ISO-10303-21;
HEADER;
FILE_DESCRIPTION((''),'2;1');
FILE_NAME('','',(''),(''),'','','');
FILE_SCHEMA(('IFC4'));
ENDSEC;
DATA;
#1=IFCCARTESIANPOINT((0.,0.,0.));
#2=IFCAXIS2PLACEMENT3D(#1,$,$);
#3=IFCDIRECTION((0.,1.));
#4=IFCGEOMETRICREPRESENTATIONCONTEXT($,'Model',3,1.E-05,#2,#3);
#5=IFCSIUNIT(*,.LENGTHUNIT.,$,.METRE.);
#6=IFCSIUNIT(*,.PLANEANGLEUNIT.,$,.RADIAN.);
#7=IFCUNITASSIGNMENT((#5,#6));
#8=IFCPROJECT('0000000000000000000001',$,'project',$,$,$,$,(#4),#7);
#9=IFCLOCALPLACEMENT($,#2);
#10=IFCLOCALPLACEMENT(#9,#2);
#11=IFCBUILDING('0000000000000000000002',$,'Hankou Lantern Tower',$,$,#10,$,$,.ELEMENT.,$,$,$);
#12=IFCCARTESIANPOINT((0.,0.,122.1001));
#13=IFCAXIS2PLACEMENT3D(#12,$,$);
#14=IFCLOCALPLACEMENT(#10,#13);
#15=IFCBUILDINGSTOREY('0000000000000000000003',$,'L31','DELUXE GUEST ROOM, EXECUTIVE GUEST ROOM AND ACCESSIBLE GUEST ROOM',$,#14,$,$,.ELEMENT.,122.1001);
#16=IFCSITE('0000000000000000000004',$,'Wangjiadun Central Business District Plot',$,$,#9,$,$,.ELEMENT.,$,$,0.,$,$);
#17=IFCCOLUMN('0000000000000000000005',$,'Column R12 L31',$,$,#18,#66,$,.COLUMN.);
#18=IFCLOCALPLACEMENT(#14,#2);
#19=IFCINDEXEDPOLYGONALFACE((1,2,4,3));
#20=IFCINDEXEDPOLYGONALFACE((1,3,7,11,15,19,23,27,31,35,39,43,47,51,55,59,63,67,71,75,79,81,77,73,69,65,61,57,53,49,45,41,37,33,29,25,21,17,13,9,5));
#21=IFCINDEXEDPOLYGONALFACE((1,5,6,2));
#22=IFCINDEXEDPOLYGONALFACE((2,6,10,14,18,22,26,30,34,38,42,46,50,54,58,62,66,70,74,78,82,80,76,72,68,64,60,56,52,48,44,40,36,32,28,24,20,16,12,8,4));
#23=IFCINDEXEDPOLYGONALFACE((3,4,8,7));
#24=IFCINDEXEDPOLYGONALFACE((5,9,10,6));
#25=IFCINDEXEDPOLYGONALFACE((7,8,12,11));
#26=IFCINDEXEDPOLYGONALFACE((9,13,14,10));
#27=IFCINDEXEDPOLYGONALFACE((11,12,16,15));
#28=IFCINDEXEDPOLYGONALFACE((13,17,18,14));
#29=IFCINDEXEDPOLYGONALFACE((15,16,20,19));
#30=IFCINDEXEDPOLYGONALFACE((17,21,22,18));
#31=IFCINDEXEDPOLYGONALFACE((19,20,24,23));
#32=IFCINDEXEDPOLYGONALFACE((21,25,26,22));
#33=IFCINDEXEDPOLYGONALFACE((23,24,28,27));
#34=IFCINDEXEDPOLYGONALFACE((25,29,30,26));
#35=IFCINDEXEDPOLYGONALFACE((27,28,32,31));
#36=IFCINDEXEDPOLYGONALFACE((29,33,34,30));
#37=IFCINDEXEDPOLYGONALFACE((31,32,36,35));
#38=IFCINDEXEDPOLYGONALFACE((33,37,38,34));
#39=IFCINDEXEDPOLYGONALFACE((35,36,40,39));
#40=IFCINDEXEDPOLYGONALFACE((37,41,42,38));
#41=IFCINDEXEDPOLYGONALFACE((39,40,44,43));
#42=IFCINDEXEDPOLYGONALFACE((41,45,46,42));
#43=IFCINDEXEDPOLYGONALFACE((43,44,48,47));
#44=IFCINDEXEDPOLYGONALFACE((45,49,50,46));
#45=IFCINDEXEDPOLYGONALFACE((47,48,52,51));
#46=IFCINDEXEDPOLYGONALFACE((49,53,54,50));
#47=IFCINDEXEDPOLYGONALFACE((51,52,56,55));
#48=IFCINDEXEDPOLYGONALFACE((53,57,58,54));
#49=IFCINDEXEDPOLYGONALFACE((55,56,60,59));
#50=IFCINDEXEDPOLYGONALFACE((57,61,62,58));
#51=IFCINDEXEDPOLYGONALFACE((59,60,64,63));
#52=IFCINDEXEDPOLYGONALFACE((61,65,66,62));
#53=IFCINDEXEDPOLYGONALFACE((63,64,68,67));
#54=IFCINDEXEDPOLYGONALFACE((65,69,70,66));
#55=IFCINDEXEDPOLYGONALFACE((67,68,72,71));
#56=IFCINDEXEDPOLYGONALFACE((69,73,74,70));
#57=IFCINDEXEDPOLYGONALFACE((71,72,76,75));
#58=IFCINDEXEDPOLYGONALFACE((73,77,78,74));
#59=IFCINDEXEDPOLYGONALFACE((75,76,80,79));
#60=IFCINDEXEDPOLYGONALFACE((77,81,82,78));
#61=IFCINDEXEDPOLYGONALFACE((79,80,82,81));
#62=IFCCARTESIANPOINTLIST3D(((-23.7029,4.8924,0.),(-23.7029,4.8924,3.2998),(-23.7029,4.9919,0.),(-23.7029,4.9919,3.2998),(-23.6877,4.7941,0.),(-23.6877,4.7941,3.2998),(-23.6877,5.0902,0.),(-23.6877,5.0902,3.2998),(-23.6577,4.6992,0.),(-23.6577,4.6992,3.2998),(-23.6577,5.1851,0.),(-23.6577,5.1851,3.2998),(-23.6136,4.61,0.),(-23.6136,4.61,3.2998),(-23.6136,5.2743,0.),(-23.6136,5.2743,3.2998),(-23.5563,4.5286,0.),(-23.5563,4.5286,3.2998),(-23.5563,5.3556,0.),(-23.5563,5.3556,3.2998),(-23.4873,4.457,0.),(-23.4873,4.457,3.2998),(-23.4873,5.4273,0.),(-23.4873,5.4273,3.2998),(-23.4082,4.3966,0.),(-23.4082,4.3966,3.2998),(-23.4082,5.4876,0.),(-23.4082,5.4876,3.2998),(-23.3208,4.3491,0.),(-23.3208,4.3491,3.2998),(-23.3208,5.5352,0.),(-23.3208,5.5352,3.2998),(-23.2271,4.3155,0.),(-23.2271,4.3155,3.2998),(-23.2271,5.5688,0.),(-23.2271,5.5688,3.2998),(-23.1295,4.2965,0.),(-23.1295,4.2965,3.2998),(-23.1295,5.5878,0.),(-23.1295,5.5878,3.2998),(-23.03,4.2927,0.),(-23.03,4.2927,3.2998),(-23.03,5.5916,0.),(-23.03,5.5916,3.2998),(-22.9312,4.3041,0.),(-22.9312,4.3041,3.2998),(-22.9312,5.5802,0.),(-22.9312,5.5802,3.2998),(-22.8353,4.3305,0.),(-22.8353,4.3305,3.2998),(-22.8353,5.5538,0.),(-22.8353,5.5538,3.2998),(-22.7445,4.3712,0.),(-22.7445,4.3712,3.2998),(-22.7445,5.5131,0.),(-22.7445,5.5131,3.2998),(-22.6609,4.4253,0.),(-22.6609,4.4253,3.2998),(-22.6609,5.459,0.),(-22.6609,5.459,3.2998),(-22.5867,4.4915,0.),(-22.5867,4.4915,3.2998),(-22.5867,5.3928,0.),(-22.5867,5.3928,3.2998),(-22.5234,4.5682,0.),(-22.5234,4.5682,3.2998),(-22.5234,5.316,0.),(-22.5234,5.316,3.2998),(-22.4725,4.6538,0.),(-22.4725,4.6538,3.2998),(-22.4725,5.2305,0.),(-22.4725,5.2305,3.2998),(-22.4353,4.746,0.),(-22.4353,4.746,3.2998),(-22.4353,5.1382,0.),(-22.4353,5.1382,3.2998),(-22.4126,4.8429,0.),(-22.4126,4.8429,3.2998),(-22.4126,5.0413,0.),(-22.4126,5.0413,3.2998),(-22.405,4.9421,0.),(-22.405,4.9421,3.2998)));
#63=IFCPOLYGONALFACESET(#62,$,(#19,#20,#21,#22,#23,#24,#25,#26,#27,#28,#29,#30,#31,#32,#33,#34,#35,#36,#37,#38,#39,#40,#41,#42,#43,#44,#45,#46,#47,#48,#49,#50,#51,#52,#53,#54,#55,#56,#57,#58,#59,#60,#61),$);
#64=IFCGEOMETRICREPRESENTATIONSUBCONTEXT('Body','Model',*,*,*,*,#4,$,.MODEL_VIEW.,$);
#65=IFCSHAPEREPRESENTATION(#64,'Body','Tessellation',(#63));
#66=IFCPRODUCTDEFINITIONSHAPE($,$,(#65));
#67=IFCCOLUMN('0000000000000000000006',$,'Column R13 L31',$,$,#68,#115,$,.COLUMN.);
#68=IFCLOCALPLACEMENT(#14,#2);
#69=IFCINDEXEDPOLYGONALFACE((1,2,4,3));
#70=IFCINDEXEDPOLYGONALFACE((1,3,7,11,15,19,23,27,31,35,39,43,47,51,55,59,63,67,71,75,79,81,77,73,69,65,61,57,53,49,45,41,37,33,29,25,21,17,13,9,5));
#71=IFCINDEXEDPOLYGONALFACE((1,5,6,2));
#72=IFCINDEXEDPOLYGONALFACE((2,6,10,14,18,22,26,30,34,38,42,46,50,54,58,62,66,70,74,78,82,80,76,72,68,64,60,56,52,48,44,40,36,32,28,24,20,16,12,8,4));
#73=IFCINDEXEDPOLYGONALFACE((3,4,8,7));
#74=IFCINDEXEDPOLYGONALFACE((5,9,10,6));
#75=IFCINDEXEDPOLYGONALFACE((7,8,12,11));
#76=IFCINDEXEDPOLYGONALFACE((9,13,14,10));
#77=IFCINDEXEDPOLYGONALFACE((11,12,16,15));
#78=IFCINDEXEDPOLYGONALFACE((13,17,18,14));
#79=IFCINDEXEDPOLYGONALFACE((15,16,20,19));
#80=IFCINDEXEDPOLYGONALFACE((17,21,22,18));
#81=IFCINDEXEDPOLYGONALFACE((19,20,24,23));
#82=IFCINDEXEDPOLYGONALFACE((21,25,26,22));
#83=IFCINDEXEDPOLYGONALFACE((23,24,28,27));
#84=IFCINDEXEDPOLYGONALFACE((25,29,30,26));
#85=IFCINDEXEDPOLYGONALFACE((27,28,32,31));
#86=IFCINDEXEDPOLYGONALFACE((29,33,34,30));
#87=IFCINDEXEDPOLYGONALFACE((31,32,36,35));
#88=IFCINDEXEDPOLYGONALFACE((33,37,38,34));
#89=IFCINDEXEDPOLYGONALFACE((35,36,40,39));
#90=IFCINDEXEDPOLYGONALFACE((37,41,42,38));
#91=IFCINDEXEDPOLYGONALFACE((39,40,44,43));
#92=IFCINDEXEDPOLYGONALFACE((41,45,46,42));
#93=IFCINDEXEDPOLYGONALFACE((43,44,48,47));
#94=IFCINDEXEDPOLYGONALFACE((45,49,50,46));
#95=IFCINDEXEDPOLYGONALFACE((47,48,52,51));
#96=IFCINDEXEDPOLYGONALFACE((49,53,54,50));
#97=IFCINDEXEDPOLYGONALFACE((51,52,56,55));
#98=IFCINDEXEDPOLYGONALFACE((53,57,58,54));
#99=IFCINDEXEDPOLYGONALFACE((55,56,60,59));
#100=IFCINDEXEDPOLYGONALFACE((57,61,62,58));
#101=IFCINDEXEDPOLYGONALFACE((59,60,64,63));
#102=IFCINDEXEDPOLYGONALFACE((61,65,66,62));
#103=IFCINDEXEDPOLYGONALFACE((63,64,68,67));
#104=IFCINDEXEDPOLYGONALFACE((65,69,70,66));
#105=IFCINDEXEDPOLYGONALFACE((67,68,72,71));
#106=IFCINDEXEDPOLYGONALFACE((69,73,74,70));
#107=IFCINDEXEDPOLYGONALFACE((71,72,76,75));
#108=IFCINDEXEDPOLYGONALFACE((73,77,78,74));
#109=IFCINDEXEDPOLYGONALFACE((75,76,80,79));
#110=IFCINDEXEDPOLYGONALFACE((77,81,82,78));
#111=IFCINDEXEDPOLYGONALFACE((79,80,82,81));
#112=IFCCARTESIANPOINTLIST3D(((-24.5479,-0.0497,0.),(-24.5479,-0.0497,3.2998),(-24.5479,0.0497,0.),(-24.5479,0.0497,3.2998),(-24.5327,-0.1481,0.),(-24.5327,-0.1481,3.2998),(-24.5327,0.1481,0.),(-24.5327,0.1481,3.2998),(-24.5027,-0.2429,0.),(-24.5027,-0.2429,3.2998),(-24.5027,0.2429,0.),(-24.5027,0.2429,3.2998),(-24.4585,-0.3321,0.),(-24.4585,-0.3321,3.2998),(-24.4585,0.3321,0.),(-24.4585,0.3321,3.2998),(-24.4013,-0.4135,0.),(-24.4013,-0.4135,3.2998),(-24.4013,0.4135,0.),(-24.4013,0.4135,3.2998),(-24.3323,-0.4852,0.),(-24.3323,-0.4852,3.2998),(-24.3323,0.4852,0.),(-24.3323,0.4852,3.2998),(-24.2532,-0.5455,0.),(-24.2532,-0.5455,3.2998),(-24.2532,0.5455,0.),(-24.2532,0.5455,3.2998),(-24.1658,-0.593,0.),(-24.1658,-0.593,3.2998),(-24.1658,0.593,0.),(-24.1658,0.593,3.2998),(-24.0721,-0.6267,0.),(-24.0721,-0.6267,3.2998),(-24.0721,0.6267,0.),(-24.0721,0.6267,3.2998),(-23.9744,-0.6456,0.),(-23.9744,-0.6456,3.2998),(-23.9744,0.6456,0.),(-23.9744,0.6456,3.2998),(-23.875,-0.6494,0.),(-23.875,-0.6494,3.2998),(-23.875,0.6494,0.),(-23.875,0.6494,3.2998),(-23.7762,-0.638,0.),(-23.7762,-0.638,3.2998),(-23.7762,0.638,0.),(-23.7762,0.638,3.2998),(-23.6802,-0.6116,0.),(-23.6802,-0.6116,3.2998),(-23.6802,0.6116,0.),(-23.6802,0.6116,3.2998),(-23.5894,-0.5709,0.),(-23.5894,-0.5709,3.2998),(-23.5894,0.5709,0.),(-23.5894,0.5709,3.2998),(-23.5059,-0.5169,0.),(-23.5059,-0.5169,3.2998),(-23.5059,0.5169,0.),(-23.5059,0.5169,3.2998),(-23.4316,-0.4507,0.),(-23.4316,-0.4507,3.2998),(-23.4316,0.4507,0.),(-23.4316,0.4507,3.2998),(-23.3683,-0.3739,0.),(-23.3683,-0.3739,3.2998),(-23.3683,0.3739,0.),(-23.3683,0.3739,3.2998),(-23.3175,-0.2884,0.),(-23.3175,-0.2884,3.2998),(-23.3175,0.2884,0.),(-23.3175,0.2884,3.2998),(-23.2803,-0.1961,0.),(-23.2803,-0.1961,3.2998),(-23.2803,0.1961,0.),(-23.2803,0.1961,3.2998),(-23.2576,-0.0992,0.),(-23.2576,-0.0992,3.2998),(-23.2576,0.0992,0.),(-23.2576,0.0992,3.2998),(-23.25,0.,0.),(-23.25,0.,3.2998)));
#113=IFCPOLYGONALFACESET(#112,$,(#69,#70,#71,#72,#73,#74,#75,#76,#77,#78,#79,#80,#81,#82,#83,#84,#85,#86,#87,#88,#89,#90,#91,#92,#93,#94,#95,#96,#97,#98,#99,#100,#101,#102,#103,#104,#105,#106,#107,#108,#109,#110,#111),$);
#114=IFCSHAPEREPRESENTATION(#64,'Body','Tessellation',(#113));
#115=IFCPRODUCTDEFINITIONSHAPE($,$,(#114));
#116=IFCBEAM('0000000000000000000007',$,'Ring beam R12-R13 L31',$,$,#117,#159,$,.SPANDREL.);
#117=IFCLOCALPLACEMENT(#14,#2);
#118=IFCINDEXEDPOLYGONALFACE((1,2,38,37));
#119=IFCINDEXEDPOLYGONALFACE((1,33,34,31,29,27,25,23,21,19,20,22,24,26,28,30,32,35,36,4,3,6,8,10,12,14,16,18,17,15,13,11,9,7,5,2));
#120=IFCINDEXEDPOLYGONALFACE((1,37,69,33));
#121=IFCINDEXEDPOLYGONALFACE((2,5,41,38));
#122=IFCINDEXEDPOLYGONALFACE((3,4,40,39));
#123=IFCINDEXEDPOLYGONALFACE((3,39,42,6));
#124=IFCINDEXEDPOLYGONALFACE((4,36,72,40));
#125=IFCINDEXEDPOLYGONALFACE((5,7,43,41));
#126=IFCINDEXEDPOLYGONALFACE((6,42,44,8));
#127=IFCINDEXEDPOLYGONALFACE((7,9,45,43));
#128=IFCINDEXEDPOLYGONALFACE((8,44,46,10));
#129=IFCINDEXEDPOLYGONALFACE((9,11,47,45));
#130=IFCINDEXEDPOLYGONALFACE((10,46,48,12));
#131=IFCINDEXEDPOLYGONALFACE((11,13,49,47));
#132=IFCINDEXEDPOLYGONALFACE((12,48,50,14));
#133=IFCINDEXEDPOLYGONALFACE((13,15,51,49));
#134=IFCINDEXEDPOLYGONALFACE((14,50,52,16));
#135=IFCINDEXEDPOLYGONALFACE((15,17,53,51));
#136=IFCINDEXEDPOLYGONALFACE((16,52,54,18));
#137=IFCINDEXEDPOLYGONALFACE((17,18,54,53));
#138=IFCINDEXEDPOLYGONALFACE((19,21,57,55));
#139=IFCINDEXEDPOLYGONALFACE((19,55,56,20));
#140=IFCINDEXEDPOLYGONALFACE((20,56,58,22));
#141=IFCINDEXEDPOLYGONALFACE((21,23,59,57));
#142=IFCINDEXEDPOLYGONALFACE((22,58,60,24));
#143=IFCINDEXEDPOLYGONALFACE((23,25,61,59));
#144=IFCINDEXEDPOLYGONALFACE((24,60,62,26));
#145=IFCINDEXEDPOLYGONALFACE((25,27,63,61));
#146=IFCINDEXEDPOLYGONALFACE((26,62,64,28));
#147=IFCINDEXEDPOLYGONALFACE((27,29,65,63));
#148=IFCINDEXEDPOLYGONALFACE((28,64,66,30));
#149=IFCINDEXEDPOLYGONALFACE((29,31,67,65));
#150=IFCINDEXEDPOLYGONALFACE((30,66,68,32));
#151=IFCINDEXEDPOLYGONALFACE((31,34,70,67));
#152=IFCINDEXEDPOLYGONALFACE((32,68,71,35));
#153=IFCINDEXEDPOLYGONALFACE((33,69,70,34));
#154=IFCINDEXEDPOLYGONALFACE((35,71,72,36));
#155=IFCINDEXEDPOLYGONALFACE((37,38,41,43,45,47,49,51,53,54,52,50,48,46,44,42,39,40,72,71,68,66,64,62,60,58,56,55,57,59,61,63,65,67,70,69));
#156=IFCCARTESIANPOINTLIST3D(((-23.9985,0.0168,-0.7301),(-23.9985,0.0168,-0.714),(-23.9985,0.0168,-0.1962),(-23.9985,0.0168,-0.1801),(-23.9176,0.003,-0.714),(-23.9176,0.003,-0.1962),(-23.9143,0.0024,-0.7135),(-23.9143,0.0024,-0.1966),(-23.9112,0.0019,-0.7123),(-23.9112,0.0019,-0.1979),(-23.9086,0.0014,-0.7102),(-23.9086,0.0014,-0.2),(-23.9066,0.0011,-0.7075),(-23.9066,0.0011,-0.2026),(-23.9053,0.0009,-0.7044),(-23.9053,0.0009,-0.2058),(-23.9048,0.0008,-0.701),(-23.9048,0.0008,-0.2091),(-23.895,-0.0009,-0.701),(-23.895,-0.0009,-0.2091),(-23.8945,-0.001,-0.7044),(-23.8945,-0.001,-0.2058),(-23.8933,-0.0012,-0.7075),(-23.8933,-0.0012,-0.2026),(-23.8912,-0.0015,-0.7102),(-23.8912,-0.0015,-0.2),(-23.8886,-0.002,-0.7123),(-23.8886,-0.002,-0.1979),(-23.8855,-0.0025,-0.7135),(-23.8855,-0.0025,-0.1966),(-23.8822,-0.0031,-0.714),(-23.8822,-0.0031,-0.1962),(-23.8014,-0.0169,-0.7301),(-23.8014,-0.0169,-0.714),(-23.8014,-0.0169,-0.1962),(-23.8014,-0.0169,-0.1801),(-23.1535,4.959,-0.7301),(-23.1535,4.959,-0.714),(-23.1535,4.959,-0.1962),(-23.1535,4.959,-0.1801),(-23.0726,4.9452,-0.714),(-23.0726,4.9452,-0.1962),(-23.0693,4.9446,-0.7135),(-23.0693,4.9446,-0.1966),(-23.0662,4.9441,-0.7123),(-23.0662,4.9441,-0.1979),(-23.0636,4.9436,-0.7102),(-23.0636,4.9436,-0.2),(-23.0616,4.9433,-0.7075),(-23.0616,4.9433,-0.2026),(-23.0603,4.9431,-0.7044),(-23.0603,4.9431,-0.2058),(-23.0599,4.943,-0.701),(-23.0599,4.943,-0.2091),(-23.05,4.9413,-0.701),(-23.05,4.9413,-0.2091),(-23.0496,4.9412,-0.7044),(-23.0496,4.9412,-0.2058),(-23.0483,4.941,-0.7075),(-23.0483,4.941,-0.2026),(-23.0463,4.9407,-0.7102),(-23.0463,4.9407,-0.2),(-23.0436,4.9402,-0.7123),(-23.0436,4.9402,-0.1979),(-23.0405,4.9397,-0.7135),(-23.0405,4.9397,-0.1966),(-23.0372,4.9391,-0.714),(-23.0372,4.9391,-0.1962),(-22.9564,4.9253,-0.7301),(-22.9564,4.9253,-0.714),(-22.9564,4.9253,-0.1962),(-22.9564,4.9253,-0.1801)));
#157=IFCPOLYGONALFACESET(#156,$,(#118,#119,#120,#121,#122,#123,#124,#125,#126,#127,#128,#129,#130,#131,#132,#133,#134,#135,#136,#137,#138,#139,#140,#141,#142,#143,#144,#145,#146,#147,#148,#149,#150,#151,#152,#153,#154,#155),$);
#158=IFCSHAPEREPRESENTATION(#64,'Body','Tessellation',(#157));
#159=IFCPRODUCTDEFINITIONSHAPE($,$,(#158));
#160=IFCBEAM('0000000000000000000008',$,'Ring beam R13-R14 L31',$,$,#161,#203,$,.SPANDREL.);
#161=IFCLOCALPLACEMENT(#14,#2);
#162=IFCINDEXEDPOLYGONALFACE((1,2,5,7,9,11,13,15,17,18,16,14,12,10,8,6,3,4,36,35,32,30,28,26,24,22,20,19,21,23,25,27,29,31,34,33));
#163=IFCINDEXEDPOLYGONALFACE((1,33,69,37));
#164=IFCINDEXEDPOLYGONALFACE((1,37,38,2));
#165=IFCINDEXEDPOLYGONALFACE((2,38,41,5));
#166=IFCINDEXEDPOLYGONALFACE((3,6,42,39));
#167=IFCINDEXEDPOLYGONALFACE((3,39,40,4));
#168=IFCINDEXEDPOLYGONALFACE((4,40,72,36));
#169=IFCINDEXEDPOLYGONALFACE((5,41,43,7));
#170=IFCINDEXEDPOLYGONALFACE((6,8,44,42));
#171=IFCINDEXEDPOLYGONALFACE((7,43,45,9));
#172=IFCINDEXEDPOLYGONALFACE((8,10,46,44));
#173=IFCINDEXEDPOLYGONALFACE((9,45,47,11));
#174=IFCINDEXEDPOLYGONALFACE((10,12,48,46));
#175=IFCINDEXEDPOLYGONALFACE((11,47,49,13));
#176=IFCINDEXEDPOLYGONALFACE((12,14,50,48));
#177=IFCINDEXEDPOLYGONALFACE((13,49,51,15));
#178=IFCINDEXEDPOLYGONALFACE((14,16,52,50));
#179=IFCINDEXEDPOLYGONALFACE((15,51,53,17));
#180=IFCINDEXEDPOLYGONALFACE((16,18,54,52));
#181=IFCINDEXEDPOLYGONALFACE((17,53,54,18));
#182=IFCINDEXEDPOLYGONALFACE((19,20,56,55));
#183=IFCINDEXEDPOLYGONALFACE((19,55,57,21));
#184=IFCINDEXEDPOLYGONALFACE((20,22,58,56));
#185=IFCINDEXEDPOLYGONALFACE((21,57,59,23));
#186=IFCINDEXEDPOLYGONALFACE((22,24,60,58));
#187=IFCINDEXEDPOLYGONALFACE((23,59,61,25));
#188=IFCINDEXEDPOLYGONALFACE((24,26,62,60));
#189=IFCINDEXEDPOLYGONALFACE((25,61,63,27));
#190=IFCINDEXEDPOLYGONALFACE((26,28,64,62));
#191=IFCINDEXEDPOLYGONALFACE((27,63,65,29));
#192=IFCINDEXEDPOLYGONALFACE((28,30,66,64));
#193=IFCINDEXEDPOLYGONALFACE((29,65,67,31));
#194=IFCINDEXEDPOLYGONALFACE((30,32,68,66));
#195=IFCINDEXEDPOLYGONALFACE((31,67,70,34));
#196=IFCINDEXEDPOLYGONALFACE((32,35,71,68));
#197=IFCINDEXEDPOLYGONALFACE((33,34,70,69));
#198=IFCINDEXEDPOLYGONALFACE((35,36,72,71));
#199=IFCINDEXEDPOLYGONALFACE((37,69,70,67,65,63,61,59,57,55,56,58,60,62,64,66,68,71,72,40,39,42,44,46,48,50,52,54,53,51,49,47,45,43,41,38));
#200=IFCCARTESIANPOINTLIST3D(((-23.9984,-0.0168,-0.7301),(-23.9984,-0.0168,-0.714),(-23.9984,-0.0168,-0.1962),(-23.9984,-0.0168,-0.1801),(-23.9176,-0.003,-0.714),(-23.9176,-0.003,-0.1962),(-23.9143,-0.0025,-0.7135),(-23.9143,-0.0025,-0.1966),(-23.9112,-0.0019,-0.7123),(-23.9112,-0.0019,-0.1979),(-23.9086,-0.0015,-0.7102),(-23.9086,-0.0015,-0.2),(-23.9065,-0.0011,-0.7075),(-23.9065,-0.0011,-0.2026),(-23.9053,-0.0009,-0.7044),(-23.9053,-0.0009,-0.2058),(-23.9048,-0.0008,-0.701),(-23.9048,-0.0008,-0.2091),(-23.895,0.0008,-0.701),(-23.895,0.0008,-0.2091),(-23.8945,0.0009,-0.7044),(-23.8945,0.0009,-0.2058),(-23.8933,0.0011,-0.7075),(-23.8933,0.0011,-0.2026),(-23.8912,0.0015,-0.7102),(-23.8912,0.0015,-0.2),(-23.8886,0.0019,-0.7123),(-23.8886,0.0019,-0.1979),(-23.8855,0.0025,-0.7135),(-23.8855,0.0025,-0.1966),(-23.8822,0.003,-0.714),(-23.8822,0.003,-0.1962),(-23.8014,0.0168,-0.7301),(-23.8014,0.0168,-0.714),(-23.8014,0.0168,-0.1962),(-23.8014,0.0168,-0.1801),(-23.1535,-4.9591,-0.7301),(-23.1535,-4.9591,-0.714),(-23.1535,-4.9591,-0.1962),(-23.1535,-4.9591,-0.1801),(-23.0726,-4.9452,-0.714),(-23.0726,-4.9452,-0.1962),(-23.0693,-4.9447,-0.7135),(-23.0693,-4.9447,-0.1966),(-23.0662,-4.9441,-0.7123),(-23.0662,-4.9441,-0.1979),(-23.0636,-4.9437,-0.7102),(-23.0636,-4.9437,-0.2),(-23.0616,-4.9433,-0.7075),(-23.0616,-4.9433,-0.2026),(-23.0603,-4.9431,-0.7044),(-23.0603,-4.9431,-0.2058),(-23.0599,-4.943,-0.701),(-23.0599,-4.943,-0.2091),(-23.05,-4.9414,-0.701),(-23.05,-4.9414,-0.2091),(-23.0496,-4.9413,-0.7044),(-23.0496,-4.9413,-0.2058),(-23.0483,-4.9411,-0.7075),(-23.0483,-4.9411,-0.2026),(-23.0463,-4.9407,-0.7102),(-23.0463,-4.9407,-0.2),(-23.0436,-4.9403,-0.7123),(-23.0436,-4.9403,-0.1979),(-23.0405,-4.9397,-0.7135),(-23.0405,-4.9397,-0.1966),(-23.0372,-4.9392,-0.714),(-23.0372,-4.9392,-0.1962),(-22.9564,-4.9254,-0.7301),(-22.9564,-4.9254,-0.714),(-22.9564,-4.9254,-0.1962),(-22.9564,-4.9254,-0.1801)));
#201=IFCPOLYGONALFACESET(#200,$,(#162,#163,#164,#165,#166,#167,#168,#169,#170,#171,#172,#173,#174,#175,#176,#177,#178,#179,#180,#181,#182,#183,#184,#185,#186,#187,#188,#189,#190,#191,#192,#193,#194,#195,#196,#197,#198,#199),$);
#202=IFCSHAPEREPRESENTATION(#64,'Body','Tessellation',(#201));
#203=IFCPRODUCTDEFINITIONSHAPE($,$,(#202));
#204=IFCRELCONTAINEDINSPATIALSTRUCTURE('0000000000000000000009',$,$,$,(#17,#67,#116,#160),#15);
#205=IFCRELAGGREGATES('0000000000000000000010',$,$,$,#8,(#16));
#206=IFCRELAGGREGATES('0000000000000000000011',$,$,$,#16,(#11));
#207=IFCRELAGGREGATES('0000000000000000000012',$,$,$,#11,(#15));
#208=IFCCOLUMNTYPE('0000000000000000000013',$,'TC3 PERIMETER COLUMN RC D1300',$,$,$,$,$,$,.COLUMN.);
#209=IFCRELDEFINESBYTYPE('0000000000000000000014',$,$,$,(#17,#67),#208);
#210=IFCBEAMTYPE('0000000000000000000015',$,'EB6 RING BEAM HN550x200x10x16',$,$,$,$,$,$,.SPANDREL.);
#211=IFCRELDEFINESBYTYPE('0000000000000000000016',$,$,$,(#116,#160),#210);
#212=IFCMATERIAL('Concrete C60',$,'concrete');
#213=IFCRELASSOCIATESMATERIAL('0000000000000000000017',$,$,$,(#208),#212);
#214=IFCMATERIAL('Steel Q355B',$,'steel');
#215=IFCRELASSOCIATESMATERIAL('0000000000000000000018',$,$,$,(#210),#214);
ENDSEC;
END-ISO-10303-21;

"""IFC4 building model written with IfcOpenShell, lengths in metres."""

from ifc_helpers import new_model, si_unit, direction, frame, origin, origin_2d, place, context, subcontext, project, spatial, circle, i_section, extrude, material, material_profile, profile_set, type_object, element, save


model = new_model("IFC4")

# Units and contexts
model_context = context("Model", 3, precision=1e-05, world=origin(), true_north=direction((0.0, 1.0)))
body_context = subcontext(model_context, "Body", "Model", "MODEL_VIEW")
ifc_project = project(units=[si_unit("LENGTHUNIT", "METRE"), si_unit("PLANEANGLEUNIT", "RADIAN")], contexts=[model_context])

# Site, building, storey
site_placement = place(None, origin())
site = spatial("IfcSite", under=ifc_project, at=site_placement, Name="Wangjiadun Central Business District Plot", CompositionType="ELEMENT", RefElevation=0.0)
building_placement = place(site_placement, origin())
building = spatial("IfcBuilding", under=site, at=building_placement, Name="Hankou Lantern Tower", CompositionType="ELEMENT")
storey_placement = place(building_placement, frame((0.0, 0.0, 122.1001)))
storey = spatial("IfcBuildingStorey", under=building, at=storey_placement, Name="L31", Description="DELUXE GUEST ROOM, EXECUTIVE GUEST ROOM AND ACCESSIBLE GUEST ROOM", CompositionType="ELEMENT", Elevation=122.1001)

# Columns
ifc_material_1 = material(Name="Concrete C60", Category="concrete")
ifc_material_profile_1 = material_profile(ifc_material_1, circle(Radius=0.6499, at=origin_2d()), Name="RC D1300")
ifc_profile_set_1 = profile_set([ifc_material_profile_1], Name="Concrete C60")
column_type = type_object("IfcColumnType", Name="TC3 PERIMETER COLUMN RC D1300", PredefinedType="COLUMN", material=ifc_profile_set_1)
for number, where, z_axis, x_axis, name in (
    (1, (-23.0549, 4.9421, 0.0), (0.0, 0.0, 1.0), (1.0, 0.0, 0.0), "Column R12 L31"),
    (2, (-23.8999, 0.0, 0.0), (0.0, 0.0, 1.0), (1.0, 0.0, 0.0), "Column R13 L31"),
):
    element("IfcColumn", number, at=place(storey_placement, frame(where, z_axis=z_axis, x_axis=x_axis)), inside=storey, type_object=column_type, Name=name, PredefinedType="COLUMN", context=body_context, shape_type="SweptSolid", body=[
        extrude(circle(Radius=0.6499, at=origin_2d()), origin(), (0.0, 0.0, 1.0), 3.2998),
    ])

# Beams
ifc_material_2 = material(Name="Steel Q355B", Category="steel")
ifc_material_profile_2 = material_profile(ifc_material_2, i_section(OverallWidth=0.2, OverallDepth=0.55, WebThickness=0.01, FlangeThickness=0.0161, FilletRadius=0.0129, at=origin_2d()), Name="HN550x200x10x16")
ifc_profile_set_2 = profile_set([ifc_material_profile_2], Name="Steel Q355B")
beam_type_1 = type_object("IfcBeamType", Name="EB6 RING BEAM HN550x200x10x16", PredefinedType="SPANDREL", material=ifc_profile_set_2)
for number, where, z_axis, x_axis, name in (
    (3, (-23.0549, 4.9421, -0.4551), (-0.168527, -0.985697, 0.0), (0.985697, -0.168527, 0.0), "Ring beam R12-R13 L31"),
    (4, (-23.8999, 0.0, -0.4551), (0.168527, -0.985697, 0.0), (0.985697, 0.168527, 0.0), "Ring beam R13-R14 L31"),
):
    element("IfcBeam", number, at=place(storey_placement, frame(where, z_axis=z_axis, x_axis=x_axis)), inside=storey, type_object=beam_type_1, Name=name, PredefinedType="SPANDREL", context=body_context, shape_type="SweptSolid", body=[
        extrude(i_section(OverallWidth=0.2, OverallDepth=0.55, WebThickness=0.01, FlangeThickness=0.0161, FilletRadius=0.0129, at=origin_2d()), origin(), (0.0, 0.0, 1.0), 5.0139),
    ])

save(model, "model.ifc")
